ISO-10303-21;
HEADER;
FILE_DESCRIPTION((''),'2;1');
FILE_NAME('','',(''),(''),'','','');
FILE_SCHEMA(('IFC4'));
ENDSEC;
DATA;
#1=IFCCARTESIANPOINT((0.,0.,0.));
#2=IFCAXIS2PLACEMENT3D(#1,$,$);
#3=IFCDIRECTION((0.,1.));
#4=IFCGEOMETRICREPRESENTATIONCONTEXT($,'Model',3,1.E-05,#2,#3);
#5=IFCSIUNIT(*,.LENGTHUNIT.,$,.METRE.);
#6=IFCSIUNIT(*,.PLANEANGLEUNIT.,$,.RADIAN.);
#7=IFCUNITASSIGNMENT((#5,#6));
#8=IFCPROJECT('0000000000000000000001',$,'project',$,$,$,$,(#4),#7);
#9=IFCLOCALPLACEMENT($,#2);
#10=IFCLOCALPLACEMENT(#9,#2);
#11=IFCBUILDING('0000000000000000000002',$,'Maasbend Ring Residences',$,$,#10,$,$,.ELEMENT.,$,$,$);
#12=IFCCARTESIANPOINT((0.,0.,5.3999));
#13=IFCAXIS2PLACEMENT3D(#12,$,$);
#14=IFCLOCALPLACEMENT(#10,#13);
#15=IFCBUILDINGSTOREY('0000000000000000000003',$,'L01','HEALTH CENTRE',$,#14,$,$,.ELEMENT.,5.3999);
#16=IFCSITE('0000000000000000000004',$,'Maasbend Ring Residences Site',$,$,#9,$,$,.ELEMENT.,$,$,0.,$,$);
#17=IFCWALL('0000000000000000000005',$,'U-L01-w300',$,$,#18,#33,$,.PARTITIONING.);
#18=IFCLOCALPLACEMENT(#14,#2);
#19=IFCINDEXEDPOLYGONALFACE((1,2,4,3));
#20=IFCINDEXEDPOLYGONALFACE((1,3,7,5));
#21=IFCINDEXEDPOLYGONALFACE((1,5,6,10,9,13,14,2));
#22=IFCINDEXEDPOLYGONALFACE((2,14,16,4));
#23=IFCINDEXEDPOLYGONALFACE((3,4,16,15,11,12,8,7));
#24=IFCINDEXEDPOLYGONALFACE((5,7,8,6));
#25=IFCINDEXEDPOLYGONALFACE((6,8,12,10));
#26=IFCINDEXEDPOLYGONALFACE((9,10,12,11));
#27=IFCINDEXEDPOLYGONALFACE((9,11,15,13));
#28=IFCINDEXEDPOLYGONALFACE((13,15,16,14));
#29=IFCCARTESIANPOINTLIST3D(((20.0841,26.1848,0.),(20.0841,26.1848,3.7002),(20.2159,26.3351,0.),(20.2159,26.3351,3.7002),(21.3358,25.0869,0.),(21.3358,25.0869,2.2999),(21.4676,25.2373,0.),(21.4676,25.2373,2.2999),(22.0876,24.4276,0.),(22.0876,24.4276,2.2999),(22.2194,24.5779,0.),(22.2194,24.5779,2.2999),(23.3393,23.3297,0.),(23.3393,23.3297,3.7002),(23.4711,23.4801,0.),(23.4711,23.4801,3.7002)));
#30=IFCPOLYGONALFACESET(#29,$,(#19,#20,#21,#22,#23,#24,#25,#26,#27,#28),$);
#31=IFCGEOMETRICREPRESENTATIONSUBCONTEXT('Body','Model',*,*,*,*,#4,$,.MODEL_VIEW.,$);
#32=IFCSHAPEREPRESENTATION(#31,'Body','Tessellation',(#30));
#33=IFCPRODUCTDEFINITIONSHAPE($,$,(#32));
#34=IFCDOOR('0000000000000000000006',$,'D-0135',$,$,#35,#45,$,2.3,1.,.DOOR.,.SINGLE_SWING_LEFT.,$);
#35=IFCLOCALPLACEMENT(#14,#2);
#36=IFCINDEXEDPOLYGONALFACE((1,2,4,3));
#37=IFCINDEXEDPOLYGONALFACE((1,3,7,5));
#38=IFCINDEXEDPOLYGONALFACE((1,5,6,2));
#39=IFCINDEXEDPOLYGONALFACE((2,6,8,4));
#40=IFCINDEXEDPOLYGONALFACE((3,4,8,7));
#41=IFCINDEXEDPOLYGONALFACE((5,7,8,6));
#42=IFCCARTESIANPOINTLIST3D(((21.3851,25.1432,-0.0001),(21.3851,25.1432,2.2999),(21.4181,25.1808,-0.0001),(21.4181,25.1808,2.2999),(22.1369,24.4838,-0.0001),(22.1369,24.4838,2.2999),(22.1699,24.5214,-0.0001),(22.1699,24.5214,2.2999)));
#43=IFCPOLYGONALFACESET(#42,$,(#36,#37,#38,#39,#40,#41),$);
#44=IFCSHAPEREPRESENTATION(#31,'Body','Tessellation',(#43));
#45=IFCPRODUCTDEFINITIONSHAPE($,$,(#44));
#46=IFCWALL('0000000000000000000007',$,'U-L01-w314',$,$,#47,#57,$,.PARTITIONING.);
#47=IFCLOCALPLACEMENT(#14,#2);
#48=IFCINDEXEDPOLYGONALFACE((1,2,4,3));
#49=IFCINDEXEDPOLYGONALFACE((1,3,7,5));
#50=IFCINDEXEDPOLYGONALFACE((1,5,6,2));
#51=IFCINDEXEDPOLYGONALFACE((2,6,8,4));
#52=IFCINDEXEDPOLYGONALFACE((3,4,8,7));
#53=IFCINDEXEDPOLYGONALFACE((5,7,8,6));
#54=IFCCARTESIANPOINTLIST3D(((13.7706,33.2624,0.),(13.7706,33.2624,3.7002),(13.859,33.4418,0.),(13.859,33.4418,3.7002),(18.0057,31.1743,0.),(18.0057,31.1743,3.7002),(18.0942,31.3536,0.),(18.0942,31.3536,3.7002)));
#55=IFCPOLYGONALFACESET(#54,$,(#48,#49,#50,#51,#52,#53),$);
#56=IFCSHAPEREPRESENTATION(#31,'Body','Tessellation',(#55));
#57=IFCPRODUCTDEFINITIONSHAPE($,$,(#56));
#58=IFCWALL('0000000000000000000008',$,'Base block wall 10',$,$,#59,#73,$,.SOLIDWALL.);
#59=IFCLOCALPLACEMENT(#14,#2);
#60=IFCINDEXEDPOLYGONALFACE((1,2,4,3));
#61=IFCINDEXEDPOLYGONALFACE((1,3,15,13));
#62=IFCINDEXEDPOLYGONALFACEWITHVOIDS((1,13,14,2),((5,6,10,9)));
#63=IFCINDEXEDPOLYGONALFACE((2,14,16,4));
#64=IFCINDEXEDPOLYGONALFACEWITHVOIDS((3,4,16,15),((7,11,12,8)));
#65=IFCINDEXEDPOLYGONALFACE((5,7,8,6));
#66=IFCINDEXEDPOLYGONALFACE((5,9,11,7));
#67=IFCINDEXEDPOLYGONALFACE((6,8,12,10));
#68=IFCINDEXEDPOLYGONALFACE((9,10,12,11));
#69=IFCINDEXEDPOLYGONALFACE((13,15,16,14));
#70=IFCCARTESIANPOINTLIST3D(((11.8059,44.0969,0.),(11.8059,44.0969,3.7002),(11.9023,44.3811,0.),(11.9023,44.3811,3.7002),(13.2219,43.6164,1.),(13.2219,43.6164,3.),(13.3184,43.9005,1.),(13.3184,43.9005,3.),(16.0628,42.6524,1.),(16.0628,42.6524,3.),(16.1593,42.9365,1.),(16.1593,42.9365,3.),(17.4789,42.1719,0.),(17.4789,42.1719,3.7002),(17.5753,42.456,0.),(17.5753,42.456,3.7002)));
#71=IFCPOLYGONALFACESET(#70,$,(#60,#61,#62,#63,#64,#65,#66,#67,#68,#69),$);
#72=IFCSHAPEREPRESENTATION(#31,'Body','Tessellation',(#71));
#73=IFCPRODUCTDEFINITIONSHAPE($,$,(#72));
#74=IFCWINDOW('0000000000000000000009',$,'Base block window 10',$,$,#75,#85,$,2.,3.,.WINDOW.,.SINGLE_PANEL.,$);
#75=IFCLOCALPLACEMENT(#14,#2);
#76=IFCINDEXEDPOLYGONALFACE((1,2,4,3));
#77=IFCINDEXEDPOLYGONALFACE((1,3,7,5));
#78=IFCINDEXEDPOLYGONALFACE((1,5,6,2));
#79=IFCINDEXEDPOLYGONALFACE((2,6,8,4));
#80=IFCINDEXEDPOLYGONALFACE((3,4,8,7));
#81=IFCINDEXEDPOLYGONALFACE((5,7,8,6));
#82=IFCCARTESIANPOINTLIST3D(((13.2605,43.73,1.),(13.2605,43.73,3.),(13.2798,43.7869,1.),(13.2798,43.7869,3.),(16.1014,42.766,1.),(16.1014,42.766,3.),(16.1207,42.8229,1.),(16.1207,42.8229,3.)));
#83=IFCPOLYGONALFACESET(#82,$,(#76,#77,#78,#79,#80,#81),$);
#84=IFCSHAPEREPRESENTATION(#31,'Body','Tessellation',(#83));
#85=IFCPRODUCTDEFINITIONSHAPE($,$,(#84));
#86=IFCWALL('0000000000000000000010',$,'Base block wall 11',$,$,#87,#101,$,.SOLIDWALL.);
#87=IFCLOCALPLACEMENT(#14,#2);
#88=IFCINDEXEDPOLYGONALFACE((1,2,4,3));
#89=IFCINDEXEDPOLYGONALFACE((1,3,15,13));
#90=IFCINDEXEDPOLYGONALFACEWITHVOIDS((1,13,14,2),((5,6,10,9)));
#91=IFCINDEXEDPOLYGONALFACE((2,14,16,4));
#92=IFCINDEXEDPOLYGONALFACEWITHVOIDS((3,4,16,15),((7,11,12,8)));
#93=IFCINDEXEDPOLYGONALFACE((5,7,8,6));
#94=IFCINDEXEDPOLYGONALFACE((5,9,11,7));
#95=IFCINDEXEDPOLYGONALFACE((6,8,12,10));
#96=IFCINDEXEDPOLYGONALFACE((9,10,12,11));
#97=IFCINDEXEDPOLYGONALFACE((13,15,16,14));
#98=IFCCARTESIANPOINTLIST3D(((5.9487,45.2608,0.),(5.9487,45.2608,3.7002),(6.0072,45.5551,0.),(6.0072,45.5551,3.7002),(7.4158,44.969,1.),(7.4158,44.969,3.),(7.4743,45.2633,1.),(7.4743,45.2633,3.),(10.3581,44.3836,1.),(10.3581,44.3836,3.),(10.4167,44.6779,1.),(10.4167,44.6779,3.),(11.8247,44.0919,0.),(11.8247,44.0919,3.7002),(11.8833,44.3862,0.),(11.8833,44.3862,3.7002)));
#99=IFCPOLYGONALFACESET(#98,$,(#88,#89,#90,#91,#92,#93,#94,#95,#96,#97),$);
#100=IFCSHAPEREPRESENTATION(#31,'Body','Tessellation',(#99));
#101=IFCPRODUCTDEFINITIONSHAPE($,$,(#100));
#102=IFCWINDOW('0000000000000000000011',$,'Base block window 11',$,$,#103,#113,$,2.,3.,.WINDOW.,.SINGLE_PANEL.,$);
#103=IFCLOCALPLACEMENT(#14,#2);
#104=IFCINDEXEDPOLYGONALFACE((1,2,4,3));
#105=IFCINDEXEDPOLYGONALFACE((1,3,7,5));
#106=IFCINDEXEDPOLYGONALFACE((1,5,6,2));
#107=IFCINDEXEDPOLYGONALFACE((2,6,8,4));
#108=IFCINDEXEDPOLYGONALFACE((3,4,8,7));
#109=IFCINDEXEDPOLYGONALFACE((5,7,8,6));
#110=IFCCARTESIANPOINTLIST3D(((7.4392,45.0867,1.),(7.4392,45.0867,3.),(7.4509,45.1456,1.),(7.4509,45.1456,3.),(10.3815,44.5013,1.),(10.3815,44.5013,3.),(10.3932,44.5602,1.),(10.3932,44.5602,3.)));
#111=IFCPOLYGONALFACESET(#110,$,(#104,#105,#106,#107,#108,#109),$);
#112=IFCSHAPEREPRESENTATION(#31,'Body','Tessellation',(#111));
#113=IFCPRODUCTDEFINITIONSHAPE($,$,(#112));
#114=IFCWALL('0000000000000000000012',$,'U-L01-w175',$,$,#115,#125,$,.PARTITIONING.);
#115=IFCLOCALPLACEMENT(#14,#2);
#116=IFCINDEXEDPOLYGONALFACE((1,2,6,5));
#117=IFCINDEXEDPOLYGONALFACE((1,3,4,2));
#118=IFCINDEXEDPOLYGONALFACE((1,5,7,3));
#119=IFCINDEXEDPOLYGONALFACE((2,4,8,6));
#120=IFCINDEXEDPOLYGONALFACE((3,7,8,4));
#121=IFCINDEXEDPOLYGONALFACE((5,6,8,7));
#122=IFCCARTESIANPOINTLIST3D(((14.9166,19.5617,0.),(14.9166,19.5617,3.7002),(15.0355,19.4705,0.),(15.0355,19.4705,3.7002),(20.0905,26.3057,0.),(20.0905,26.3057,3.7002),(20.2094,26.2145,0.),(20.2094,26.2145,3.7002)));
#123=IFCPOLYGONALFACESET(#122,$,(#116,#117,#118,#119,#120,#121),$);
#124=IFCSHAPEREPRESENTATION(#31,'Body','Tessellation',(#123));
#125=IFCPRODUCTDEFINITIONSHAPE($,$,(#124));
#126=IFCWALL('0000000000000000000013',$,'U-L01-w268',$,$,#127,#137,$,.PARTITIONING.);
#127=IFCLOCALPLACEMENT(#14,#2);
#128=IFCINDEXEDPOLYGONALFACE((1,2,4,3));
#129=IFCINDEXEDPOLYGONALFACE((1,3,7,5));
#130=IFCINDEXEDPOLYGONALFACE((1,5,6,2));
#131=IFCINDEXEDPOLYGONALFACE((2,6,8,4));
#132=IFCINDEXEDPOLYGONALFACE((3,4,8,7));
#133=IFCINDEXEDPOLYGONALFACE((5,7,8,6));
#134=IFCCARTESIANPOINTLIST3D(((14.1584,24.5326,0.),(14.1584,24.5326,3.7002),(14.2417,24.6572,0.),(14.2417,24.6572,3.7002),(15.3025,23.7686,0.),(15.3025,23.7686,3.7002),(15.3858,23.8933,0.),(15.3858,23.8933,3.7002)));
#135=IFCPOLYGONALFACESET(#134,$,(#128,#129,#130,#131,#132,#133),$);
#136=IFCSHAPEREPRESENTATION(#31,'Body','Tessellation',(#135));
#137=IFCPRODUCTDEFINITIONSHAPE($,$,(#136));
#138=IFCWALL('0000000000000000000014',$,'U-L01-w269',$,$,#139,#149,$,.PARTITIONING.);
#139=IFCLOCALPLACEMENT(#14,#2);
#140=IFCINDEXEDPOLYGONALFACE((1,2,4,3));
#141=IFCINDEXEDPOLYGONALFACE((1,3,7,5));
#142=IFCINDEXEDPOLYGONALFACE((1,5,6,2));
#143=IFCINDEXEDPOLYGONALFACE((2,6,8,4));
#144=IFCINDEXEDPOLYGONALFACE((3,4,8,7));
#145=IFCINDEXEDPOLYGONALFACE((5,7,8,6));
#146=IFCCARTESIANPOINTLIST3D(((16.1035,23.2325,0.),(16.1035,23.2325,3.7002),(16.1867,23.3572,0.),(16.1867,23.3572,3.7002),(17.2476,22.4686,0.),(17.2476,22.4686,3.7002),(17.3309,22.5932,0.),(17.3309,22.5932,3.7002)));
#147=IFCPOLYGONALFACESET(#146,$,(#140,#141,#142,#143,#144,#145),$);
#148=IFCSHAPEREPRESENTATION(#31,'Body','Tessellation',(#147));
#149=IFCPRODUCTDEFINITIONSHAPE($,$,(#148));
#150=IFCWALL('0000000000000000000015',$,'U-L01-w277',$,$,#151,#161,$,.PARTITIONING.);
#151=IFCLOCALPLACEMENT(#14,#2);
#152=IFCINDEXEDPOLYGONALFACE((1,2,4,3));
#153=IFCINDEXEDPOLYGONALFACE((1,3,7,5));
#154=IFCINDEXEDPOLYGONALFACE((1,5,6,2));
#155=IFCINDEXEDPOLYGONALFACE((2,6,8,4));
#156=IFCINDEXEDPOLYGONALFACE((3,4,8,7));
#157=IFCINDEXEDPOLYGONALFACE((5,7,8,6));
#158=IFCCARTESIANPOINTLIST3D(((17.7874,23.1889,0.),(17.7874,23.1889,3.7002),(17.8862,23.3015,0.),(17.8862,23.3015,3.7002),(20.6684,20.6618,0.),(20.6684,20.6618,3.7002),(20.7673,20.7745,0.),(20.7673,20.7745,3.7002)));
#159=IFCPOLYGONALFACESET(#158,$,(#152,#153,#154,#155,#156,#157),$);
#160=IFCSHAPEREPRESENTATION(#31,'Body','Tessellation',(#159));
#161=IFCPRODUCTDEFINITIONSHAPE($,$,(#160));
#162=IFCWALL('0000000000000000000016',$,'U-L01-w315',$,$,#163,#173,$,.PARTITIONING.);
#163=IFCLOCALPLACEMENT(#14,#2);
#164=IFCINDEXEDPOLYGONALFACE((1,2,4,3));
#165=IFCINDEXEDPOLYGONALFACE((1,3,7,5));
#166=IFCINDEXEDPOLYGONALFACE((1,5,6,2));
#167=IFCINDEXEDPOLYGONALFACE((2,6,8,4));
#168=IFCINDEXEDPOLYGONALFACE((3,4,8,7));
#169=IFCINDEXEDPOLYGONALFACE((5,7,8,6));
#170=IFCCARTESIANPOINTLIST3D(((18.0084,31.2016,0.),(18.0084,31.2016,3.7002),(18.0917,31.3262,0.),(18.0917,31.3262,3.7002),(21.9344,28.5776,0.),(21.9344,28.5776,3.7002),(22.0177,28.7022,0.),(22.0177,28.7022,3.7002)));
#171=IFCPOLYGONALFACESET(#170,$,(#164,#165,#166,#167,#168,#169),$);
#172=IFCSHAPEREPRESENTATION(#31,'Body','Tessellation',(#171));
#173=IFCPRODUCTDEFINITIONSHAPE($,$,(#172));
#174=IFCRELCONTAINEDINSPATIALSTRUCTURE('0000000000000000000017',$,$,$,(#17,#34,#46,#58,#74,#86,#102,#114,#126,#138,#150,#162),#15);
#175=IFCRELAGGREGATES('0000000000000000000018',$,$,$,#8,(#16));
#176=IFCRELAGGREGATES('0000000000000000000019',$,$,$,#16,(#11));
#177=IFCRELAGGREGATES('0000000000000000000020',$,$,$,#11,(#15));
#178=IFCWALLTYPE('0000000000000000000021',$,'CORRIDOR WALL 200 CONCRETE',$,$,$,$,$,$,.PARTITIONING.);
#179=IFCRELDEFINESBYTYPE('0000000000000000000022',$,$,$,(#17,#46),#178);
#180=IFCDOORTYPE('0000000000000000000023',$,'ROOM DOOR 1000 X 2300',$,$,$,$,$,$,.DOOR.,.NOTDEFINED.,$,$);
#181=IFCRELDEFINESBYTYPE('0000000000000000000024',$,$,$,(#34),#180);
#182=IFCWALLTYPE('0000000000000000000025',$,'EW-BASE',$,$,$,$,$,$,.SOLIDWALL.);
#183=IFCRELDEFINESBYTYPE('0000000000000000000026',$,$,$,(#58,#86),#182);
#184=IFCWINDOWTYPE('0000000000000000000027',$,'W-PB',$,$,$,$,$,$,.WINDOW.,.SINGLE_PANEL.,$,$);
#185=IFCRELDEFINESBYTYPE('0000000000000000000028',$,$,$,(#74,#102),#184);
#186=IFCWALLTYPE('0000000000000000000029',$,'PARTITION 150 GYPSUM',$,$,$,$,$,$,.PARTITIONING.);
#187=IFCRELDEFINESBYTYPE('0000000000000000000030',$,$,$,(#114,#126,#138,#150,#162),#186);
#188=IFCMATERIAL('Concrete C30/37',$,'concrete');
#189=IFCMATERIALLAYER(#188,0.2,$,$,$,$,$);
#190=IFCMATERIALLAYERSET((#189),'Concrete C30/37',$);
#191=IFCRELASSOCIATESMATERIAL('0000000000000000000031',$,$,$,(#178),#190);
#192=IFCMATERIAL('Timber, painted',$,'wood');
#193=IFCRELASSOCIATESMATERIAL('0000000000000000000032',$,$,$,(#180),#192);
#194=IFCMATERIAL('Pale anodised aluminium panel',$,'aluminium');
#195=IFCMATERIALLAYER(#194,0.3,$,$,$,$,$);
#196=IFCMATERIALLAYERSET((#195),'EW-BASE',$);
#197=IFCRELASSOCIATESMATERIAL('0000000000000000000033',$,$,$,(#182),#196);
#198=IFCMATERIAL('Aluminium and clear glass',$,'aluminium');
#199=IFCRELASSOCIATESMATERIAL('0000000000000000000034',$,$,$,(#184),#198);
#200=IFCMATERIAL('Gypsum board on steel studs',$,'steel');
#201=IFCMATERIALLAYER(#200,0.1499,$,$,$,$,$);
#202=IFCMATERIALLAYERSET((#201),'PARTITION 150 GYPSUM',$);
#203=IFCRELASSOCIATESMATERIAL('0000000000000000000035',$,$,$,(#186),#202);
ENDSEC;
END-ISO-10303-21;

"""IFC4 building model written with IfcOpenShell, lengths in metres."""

from ifc_helpers import new_model, si_unit, direction, frame, frame_2d, origin, place, context, subcontext, project, spatial, rectangle, extrude, material, layer, layer_set, type_object, element, fill, save


model = new_model("IFC4")

# Units and contexts
model_context = context("Model", 3, precision=1e-05, world=origin(), true_north=direction((0.0, 1.0)))
body_context = subcontext(model_context, "Body", "Model", "MODEL_VIEW")
ifc_project = project(units=[si_unit("LENGTHUNIT", "METRE"), si_unit("PLANEANGLEUNIT", "RADIAN")], contexts=[model_context])

# Site, building, storey
site_placement = place(None, origin())
site = spatial("IfcSite", under=ifc_project, at=site_placement, Name="Maasbend Ring Residences Site", CompositionType="ELEMENT", RefElevation=0.0)
building_placement = place(site_placement, origin())
building = spatial("IfcBuilding", under=site, at=building_placement, Name="Maasbend Ring Residences", CompositionType="ELEMENT")
storey_placement = place(building_placement, frame((0.0, 0.0, 5.3999)))
storey = spatial("IfcBuildingStorey", under=building, at=storey_placement, Name="L01", Description="HEALTH CENTRE", CompositionType="ELEMENT", Elevation=5.3999)

# Shared definitions
ifc_material_1 = material(Name="Concrete C30/37", Category="concrete")
ifc_layer_1 = layer(ifc_material_1, 0.2)
ifc_layer_set_1 = layer_set([ifc_layer_1], Name="Concrete C30/37")
wall_type_1 = type_object("IfcWallType", Name="CORRIDOR WALL 200 CONCRETE", PredefinedType="PARTITIONING", material=ifc_layer_set_1)

# Shared definitions
ifc_material_2 = material(Name="Timber, painted", Category="wood")
door_type = type_object("IfcDoorType", Name="ROOM DOOR 1000 X 2300", OperationType="NOTDEFINED", PredefinedType="DOOR", material=ifc_material_2)

# Wall, opening, door
wall_1_placement = place(storey_placement, frame((20.1499, 26.26, 0.0), z_axis=(0.0, 0.0, 1.0), x_axis=(0.751804, -0.659386, 0.0)))
wall_1 = element("IfcWall", 1, at=wall_1_placement, inside=storey, type_object=wall_type_1, Name="U-L01-w300", PredefinedType="PARTITIONING", context=body_context, shape_type="SweptSolid", body=[
    extrude(rectangle(XDim=4.3298, YDim=0.2, at=frame_2d((2.165, 0.0))), origin(), (0.0, 0.0, 1.0), 3.7002),
])
opening_1_placement = place(wall_1_placement, frame((1.665, 0.0, 0.0)))
opening_1 = element("IfcOpeningElement", 2, at=opening_1_placement, cuts=wall_1, PredefinedType="OPENING", context=body_context, shape_type="SweptSolid", body=[
    extrude(rectangle(XDim=1.0, YDim=2.3, at=frame_2d((0.5, 1.1499))), frame((0.0, 0.1099, 0.0), z_axis=(0.0, -1.0, 0.0), x_axis=(1.0, 0.0, 0.0)), (0.0, 0.0, 1.0), 0.22),
])
door_1_placement = place(opening_1_placement, origin())
door_1 = element("IfcDoor", 3, at=door_1_placement, inside=storey, type_object=door_type, Name="D-0135", OperationType="SINGLE_SWING_LEFT", OverallHeight=2.3, OverallWidth=1.0, PredefinedType="DOOR", context=body_context, shape_type="SweptSolid", body=[
    extrude(rectangle(XDim=1.0, YDim=2.3, at=frame_2d((0.5, 1.1499))), frame((0.0, 0.0249, 0.0), z_axis=(0.0, -1.0, 0.0), x_axis=(1.0, 0.0, 0.0)), (0.0, 0.0, 1.0), 0.05),
])
fill(opening_1, door_1)

# Wall
wall_2_placement = place(storey_placement, frame((13.8149, 33.3521, 0.0), z_axis=(0.0, 0.0, 1.0), x_axis=(0.896905, -0.442222, 0.0)))
element("IfcWall", 4, at=wall_2_placement, inside=storey, type_object=wall_type_1, Name="U-L01-w314", PredefinedType="PARTITIONING", context=body_context, shape_type="SweptSolid", body=[
    extrude(rectangle(XDim=4.7219, YDim=0.2, at=frame_2d((2.3608, 0.0))), origin(), (0.0, 0.0, 1.0), 3.7002),
])

# Walls, openings, windows
ifc_material_3 = material(Name="Pale anodised aluminium panel", Category="aluminium")
ifc_layer_2 = layer(ifc_material_3, 0.3)
ifc_layer_set_2 = layer_set([ifc_layer_2], Name="EW-BASE")
wall_type_2 = type_object("IfcWallType", Name="EW-BASE", PredefinedType="SOLIDWALL", material=ifc_layer_set_2)
wall_3_placement = place(storey_placement, frame((17.5271, 42.314, 0.0), z_axis=(0.0, 0.0, 1.0), x_axis=(-0.946966, 0.321334, 0.0)))
wall_3 = element("IfcWall", 5, at=wall_3_placement, inside=storey, type_object=wall_type_2, Name="Base block wall 10", PredefinedType="SOLIDWALL", context=body_context, shape_type="SweptSolid", body=[
    extrude(rectangle(XDim=5.9907, YDim=0.3, at=frame_2d((2.9954, 0.0))), origin(), (0.0, 0.0, 1.0), 3.7002),
])
opening_2_placement = place(wall_3_placement, frame((1.4954, 0.0, 1.0)))
opening_2 = element("IfcOpeningElement", 6, at=opening_2_placement, cuts=wall_3, PredefinedType="OPENING", context=body_context, shape_type="SweptSolid", body=[
    extrude(rectangle(XDim=3.0, YDim=2.0, at=frame_2d((1.5, 1.0))), frame((0.0, 0.1602, 0.0), z_axis=(0.0, -1.0, 0.0), x_axis=(1.0, 0.0, 0.0)), (0.0, 0.0, 1.0), 0.3201),
])
ifc_material_4 = material(Name="Aluminium and clear glass", Category="aluminium")
window_type = type_object("IfcWindowType", Name="W-PB", PartitioningType="SINGLE_PANEL", PredefinedType="WINDOW", material=ifc_material_4)
window_1_placement = place(opening_2_placement, origin())
window_1 = element("IfcWindow", 7, at=window_1_placement, inside=storey, type_object=window_type, Name="Base block window 10", OverallHeight=2.0, OverallWidth=3.0, PartitioningType="SINGLE_PANEL", PredefinedType="WINDOW", context=body_context, shape_type="SweptSolid", body=[
    extrude(rectangle(XDim=3.0, YDim=2.0, at=frame_2d((1.5, 1.0))), frame((0.0, 0.03, 0.0), z_axis=(0.0, -1.0, 0.0), x_axis=(1.0, 0.0, 0.0)), (0.0, 0.0, 1.0), 0.0601),
])
fill(opening_2, window_1)
wall_4_placement = place(storey_placement, frame((11.854, 44.239, 0.0), z_axis=(0.0, 0.0, 1.0), x_axis=(-0.980781, 0.195113, 0.0)))
wall_4 = element("IfcWall", 8, at=wall_4_placement, inside=storey, type_object=wall_type_2, Name="Base block wall 11", PredefinedType="SOLIDWALL", context=body_context, shape_type="SweptSolid", body=[
    extrude(rectangle(XDim=5.9912, YDim=0.3, at=frame_2d((2.9956, 0.0))), origin(), (0.0, 0.0, 1.0), 3.7002),
])
opening_3_placement = place(wall_4_placement, frame((1.4954, 0.0, 1.0)))
opening_3 = element("IfcOpeningElement", 9, at=opening_3_placement, cuts=wall_4, PredefinedType="OPENING", context=body_context, shape_type="SweptSolid", body=[
    extrude(rectangle(XDim=3.0, YDim=2.0, at=frame_2d((1.5, 1.0))), frame((0.0, 0.1602, 0.0), z_axis=(0.0, -1.0, 0.0), x_axis=(1.0, 0.0, 0.0)), (0.0, 0.0, 1.0), 0.3201),
])
window_2_placement = place(opening_3_placement, origin())
window_2 = element("IfcWindow", 10, at=window_2_placement, inside=storey, type_object=window_type, Name="Base block window 11", OverallHeight=2.0, OverallWidth=3.0, PartitioningType="SINGLE_PANEL", PredefinedType="WINDOW", context=body_context, shape_type="SweptSolid", body=[
    extrude(rectangle(XDim=3.0, YDim=2.0, at=frame_2d((1.5, 1.0))), frame((0.0, 0.03, 0.0), z_axis=(0.0, -1.0, 0.0), x_axis=(1.0, 0.0, 0.0)), (0.0, 0.0, 1.0), 0.0601),
])
fill(opening_3, window_2)

# Walls
ifc_material_5 = material(Name="Gypsum board on steel studs", Category="steel")
ifc_layer_3 = layer(ifc_material_5, 0.1499)
ifc_layer_set_3 = layer_set([ifc_layer_3], Name="PARTITION 150 GYPSUM")
wall_type_3 = type_object("IfcWallType", Name="PARTITION 150 GYPSUM", PredefinedType="PARTITIONING", material=ifc_layer_set_3)
wall_5_placement = place(storey_placement, frame((14.9761, 19.5161, 0.0), z_axis=(0.0, 0.0, 1.0), x_axis=(0.608691, 0.793407, 0.0)))
element("IfcWall", 11, at=wall_5_placement, inside=storey, type_object=wall_type_3, Name="U-L01-w175", PredefinedType="PARTITIONING", context=body_context, shape_type="SweptSolid", body=[
    extrude(rectangle(XDim=8.5, YDim=0.1499, at=frame_2d((4.25, 0.0))), origin(), (0.0, 0.0, 1.0), 3.7002),
])
for number, where, z_axis, x_axis, name in (
    (12, (14.2, 24.595, 0.0), (0.0, 0.0, 1.0), (0.831641, -0.555314, 0.0), "U-L01-w268"),
    (13, (16.145, 23.2949, 0.0), (0.0, 0.0, 1.0), (0.831641, -0.555314, 0.0), "U-L01-w269"),
):
    element("IfcWall", number, at=place(storey_placement, frame(where, z_axis=z_axis, x_axis=x_axis)), inside=storey, type_object=wall_type_3, Name=name, PredefinedType="PARTITIONING", context=body_context, shape_type="SweptSolid", body=[
        extrude(rectangle(XDim=1.3757, YDim=0.1499, at=frame_2d((0.688, 0.0))), origin(), (0.0, 0.0, 1.0), 3.7002),
    ])
wall_6_placement = place(storey_placement, frame((17.8369, 23.2451, 0.0), z_axis=(0.0, 0.0, 1.0), x_axis=(0.751783, -0.659411, 0.0)))
element("IfcWall", 14, at=wall_6_placement, inside=storey, type_object=wall_type_3, Name="U-L01-w277", PredefinedType="PARTITIONING", context=body_context, shape_type="SweptSolid", body=[
    extrude(rectangle(XDim=3.8323, YDim=0.1499, at=frame_2d((1.916, 0.0))), origin(), (0.0, 0.0, 1.0), 3.7002),
])
wall_7_placement = place(storey_placement, frame((18.05, 31.2639, 0.0), z_axis=(0.0, 0.0, 1.0), x_axis=(0.831397, -0.555678, 0.0)))
element("IfcWall", 15, at=wall_7_placement, inside=storey, type_object=wall_type_3, Name="U-L01-w315", PredefinedType="PARTITIONING", context=body_context, shape_type="SweptSolid", body=[
    extrude(rectangle(XDim=4.7222, YDim=0.1499, at=frame_2d((2.3611, 0.0))), origin(), (0.0, 0.0, 1.0), 3.7002),
])

save(model, "model.ifc")
